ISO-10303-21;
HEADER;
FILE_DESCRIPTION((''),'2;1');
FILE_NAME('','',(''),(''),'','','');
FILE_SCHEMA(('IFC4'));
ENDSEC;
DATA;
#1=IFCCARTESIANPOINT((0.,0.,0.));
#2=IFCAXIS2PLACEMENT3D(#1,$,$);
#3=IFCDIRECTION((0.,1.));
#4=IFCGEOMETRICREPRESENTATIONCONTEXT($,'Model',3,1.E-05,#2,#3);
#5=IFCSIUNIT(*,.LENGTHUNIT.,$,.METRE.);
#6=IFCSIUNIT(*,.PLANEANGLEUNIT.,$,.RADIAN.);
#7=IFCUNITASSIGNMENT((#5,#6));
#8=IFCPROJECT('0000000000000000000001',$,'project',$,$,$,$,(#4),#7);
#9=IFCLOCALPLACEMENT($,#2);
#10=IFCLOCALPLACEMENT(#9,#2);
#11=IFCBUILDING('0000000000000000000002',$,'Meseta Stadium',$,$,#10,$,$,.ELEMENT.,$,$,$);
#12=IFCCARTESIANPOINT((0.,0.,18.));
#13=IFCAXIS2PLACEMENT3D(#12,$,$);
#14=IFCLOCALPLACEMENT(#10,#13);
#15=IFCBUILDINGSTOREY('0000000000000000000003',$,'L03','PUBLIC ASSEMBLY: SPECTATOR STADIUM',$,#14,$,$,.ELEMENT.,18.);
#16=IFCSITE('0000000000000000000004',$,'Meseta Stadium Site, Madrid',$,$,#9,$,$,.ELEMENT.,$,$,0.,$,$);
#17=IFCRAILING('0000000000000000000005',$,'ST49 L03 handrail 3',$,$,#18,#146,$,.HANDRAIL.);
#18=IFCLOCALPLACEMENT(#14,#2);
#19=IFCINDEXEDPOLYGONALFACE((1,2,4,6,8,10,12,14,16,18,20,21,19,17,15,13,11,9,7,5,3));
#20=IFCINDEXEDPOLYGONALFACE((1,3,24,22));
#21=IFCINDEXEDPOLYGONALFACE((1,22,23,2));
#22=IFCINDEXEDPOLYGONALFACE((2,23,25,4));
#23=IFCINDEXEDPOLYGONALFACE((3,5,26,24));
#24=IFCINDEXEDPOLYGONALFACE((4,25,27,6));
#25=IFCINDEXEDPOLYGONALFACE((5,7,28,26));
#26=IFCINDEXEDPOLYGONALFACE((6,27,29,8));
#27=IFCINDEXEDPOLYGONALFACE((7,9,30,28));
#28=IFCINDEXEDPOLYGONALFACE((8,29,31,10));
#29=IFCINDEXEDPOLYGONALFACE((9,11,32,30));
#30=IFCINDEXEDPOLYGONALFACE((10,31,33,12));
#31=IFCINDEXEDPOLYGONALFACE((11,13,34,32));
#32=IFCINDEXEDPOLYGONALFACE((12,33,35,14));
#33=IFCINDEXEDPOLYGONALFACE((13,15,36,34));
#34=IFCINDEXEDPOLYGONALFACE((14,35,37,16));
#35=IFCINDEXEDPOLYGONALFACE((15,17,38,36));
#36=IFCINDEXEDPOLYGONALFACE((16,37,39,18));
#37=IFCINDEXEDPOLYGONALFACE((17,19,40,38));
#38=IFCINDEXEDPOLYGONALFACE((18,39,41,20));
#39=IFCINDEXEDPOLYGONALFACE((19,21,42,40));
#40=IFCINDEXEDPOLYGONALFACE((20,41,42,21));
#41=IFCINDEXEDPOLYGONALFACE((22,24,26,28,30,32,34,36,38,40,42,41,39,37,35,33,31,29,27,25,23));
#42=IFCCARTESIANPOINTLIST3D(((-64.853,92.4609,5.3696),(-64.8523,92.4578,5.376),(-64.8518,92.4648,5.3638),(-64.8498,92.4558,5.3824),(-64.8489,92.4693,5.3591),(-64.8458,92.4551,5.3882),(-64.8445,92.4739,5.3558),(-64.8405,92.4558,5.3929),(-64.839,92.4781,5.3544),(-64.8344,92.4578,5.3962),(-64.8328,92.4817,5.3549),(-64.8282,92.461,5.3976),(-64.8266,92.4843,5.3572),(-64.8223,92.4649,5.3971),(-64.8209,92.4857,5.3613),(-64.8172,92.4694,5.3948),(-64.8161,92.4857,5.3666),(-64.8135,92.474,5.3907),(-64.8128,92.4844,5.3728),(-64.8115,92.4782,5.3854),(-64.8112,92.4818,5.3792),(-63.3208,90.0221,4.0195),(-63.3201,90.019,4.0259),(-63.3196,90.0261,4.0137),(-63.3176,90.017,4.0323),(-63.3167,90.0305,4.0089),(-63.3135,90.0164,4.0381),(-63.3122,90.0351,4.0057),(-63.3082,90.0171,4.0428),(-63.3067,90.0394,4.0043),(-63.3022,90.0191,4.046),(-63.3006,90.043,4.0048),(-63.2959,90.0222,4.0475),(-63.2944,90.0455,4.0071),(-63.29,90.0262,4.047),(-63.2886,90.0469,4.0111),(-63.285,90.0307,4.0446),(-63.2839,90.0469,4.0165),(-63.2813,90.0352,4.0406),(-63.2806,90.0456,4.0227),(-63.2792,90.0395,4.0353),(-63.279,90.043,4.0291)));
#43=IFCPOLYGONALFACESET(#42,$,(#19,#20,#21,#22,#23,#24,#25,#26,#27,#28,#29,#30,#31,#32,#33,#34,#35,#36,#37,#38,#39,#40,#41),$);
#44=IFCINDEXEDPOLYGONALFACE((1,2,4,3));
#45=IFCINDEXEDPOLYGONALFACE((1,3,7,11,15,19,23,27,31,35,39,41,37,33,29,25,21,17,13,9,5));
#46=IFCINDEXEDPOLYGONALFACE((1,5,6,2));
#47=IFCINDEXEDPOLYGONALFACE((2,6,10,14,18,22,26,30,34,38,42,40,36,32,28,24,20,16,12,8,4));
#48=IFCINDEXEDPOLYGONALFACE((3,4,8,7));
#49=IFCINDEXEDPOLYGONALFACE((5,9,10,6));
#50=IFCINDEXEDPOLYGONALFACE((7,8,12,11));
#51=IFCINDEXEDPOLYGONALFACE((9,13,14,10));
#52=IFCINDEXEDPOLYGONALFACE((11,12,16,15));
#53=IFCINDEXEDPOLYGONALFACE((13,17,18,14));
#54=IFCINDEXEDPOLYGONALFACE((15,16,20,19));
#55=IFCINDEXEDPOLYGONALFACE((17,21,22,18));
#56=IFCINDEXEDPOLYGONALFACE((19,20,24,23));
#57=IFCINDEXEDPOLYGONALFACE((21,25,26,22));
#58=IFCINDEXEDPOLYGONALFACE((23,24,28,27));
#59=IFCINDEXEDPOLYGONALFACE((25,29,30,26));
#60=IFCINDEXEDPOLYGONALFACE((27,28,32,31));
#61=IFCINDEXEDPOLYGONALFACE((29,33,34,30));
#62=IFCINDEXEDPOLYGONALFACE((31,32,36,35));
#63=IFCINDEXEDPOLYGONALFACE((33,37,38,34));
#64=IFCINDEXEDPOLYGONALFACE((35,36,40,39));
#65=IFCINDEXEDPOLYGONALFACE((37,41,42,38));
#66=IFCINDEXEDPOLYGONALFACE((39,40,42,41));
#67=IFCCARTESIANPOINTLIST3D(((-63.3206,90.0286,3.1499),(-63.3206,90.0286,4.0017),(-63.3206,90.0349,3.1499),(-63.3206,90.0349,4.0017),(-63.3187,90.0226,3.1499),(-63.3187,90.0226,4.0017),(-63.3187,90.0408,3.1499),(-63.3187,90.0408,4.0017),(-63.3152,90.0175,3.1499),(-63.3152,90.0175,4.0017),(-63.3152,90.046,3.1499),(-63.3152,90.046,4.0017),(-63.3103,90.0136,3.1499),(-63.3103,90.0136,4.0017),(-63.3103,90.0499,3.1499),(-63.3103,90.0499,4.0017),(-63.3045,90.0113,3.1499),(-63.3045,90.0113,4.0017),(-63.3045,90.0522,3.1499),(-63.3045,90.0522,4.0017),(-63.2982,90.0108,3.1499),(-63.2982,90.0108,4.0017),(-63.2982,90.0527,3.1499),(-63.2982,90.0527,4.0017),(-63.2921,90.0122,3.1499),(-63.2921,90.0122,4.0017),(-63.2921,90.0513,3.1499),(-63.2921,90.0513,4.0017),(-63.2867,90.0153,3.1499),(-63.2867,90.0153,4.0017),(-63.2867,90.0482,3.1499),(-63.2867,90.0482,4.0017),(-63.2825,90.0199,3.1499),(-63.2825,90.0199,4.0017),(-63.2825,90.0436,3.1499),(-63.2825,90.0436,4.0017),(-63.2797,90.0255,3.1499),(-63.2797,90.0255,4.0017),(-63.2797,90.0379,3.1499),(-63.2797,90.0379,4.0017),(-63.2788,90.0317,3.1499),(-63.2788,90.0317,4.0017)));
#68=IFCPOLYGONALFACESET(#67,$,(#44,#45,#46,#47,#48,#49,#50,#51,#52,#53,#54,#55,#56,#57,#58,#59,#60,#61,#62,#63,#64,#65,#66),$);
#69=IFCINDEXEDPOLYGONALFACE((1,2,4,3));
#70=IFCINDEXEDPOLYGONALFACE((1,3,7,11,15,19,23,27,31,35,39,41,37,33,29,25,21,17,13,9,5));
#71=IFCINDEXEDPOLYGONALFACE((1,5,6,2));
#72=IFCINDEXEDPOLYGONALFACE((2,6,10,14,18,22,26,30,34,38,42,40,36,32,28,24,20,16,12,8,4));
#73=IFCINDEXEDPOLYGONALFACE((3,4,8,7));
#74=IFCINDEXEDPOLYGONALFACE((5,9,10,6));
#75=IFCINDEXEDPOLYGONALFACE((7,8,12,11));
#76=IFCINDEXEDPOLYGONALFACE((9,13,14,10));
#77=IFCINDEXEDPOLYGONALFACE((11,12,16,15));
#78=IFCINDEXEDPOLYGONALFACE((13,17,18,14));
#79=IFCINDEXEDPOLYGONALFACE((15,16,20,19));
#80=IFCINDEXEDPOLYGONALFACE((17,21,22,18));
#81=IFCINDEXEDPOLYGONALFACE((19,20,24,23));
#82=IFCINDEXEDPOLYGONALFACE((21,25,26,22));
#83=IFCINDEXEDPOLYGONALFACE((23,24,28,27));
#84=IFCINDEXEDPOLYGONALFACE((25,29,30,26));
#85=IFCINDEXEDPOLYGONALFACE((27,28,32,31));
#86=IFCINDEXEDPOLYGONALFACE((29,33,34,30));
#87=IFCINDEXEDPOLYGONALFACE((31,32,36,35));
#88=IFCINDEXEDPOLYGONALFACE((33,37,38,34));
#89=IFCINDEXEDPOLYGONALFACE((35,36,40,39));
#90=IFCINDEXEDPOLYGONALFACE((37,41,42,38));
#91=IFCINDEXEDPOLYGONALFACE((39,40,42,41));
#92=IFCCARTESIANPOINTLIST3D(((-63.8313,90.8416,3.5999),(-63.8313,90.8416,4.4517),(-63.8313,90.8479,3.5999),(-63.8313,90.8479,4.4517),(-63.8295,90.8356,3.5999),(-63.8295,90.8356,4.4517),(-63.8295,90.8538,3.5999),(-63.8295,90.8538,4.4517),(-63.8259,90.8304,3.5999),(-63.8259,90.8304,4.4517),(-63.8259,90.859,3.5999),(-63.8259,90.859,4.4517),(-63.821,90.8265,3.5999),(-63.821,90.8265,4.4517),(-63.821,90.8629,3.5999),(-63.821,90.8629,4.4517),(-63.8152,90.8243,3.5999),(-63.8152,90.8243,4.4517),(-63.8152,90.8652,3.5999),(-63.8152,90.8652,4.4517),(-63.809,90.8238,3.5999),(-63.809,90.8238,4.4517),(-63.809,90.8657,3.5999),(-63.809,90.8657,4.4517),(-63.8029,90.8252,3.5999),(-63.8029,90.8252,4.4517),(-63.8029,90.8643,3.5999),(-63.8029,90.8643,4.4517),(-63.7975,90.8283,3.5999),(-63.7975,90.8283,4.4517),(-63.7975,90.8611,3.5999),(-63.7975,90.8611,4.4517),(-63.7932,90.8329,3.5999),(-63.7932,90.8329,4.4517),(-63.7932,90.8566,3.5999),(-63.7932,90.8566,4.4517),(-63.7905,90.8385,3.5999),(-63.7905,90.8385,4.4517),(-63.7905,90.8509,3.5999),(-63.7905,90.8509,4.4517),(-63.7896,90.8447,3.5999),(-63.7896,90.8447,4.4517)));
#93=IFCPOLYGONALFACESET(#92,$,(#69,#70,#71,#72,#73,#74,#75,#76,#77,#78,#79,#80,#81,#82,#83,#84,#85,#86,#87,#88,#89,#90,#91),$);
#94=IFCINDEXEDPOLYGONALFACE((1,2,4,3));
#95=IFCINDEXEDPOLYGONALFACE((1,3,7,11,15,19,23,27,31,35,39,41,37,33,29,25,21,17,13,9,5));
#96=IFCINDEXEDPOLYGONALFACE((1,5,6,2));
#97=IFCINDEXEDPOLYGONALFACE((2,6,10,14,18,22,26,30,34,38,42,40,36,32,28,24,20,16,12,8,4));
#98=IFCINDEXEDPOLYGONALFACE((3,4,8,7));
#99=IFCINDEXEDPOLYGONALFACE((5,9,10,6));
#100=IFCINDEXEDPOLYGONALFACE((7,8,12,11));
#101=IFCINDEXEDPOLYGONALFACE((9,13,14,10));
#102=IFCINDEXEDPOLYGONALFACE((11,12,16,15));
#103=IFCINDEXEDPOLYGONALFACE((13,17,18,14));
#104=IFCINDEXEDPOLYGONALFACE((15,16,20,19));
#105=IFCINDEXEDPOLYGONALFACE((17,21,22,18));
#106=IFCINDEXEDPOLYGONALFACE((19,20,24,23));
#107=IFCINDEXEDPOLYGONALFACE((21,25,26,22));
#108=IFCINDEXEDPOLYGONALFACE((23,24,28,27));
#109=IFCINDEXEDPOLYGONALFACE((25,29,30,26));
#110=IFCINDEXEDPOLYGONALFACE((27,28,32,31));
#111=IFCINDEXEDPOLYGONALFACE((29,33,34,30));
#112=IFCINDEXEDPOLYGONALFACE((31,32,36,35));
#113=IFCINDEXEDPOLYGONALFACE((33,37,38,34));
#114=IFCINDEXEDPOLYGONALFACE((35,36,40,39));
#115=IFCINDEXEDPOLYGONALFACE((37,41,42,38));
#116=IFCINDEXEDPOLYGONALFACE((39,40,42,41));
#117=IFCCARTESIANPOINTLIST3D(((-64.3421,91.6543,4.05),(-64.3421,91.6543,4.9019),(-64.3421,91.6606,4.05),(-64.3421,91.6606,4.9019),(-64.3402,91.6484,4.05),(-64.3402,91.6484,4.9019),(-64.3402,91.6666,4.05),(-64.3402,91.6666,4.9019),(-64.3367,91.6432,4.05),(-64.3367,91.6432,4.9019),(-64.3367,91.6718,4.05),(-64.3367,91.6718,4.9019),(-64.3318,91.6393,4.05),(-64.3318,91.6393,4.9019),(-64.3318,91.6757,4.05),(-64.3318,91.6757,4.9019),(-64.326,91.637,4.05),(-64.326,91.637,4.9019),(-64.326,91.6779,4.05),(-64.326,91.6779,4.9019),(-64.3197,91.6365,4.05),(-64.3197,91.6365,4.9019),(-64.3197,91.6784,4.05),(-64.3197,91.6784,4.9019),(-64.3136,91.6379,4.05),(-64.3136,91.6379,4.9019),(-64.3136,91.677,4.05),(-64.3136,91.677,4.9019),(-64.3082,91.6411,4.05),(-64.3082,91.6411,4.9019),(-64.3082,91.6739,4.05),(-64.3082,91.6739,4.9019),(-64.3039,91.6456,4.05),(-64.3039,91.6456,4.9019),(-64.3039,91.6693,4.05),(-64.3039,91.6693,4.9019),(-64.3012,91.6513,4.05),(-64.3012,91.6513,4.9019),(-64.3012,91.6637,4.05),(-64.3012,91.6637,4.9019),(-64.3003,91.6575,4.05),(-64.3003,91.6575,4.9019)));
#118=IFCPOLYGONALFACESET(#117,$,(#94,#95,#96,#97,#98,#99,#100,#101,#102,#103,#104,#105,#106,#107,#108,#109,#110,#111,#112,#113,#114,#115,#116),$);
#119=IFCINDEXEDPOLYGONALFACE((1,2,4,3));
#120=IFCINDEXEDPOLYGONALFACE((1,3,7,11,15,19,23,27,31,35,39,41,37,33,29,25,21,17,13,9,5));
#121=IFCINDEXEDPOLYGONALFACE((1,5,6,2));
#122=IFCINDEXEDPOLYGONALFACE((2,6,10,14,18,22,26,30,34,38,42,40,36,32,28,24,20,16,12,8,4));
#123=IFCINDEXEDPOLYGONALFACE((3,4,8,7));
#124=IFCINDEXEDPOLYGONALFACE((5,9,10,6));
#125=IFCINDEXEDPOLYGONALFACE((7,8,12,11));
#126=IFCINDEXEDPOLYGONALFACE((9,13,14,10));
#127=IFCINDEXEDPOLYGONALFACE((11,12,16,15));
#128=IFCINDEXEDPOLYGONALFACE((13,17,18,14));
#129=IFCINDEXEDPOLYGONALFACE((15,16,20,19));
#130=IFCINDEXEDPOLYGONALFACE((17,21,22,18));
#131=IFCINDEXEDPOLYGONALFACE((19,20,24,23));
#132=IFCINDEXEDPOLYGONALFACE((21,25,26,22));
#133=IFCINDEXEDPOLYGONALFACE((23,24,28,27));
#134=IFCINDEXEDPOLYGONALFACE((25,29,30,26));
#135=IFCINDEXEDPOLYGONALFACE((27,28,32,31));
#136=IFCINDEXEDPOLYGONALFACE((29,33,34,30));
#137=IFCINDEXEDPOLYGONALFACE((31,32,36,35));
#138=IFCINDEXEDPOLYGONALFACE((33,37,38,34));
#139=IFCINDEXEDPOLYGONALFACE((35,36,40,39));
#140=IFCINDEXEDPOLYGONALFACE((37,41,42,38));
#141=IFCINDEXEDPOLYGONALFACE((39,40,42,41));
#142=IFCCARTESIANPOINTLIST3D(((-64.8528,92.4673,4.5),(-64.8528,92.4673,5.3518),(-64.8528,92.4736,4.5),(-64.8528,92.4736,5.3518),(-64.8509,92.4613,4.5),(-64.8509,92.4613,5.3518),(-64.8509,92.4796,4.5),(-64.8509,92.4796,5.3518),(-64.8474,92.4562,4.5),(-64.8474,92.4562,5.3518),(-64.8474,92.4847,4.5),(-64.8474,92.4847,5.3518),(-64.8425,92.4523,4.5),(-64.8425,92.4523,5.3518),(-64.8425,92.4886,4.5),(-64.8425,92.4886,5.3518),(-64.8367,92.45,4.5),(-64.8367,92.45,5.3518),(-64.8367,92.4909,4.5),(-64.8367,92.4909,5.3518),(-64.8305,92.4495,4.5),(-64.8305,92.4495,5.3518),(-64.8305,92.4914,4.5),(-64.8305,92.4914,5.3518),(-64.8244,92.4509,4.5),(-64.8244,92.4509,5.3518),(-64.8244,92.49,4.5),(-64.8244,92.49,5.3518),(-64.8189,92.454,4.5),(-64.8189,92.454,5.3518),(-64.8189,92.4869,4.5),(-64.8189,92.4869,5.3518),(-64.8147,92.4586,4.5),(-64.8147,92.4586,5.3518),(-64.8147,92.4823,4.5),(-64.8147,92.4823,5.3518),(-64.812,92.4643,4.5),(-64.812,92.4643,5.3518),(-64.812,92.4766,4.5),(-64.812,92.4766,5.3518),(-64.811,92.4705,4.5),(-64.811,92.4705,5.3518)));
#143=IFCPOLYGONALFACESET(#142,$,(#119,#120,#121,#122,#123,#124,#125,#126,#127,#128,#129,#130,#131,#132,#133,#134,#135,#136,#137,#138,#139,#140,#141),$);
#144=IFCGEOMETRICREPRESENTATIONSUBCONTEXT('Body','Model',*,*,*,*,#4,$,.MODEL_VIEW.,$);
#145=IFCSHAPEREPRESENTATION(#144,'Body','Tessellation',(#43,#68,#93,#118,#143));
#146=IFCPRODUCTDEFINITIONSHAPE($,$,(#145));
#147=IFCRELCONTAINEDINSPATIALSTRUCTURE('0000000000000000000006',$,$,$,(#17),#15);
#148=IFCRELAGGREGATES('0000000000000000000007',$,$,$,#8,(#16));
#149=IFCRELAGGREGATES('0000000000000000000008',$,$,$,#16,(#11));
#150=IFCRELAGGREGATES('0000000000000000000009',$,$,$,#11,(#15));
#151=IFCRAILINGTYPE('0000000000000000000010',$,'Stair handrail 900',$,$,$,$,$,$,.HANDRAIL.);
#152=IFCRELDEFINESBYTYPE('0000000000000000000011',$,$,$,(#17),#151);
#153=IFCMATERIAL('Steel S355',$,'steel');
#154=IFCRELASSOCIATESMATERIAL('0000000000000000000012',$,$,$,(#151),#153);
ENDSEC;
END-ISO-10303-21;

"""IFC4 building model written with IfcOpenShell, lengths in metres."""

from ifc_helpers import new_model, si_unit, direction, frame, origin, origin_2d, place, context, subcontext, project, spatial, circle, extrude, material, type_object, element, save


model = new_model("IFC4")

# Units and contexts
model_context = context("Model", 3, precision=1e-05, world=origin(), true_north=direction((0.0, 1.0)))
body_context = subcontext(model_context, "Body", "Model", "MODEL_VIEW")
ifc_project = project(units=[si_unit("LENGTHUNIT", "METRE"), si_unit("PLANEANGLEUNIT", "RADIAN")], contexts=[model_context])

# Site, building, storey
site_placement = place(None, origin())
site = spatial("IfcSite", under=ifc_project, at=site_placement, Name="Meseta Stadium Site, Madrid", CompositionType="ELEMENT", RefElevation=0.0)
building_placement = place(site_placement, origin())
building = spatial("IfcBuilding", under=site, at=building_placement, Name="Meseta Stadium", CompositionType="ELEMENT")
storey_placement = place(building_placement, frame((0.0, 0.0, 18.0)))
storey = spatial("IfcBuildingStorey", under=building, at=storey_placement, Name="L03", Description="PUBLIC ASSEMBLY: SPECTATOR STADIUM", CompositionType="ELEMENT", Elevation=18.0)

# Railing
ifc_material_1 = material(Name="Steel S355", Category="steel")
railing_type_1 = type_object("IfcRailingType", Name="Stair handrail 900", PredefinedType="HANDRAIL", material=ifc_material_1)
for number, where, name in (
    (1, (-63.2998, 90.0317, 3.1499), "ST49 L03 handrail 3"),
):
    element("IfcRailing", number, at=place(storey_placement, frame(where)), inside=storey, type_object=railing_type_1, Name=name, PredefinedType="HANDRAIL", context=body_context, shape_type="SweptSolid", body=[
        extrude(circle(Radius=0.0239, at=origin_2d()), frame((0.0, 0.0, 0.876), z_axis=(-0.481703, 0.766687, 0.424445), x_axis=(-0.846743, -0.532001, 0.0)), (0.0, 0.0, 1.0), 3.1809),
        extrude(circle(Radius=0.021, at=origin_2d()), origin(), (0.0, 0.0, 1.0), 0.8518),
        extrude(circle(Radius=0.021, at=origin_2d()), frame((-0.5107, 0.813, 0.45)), (0.0, 0.0, 1.0), 0.8518),
        extrude(circle(Radius=0.021, at=origin_2d()), frame((-1.0215, 1.6257, 0.9001)), (0.0, 0.0, 1.0), 0.8518),
        extrude(circle(Radius=0.021, at=origin_2d()), frame((-1.5322, 2.4387, 1.3501)), (0.0, 0.0, 1.0), 0.8518),
    ])

save(model, "model.ifc")
